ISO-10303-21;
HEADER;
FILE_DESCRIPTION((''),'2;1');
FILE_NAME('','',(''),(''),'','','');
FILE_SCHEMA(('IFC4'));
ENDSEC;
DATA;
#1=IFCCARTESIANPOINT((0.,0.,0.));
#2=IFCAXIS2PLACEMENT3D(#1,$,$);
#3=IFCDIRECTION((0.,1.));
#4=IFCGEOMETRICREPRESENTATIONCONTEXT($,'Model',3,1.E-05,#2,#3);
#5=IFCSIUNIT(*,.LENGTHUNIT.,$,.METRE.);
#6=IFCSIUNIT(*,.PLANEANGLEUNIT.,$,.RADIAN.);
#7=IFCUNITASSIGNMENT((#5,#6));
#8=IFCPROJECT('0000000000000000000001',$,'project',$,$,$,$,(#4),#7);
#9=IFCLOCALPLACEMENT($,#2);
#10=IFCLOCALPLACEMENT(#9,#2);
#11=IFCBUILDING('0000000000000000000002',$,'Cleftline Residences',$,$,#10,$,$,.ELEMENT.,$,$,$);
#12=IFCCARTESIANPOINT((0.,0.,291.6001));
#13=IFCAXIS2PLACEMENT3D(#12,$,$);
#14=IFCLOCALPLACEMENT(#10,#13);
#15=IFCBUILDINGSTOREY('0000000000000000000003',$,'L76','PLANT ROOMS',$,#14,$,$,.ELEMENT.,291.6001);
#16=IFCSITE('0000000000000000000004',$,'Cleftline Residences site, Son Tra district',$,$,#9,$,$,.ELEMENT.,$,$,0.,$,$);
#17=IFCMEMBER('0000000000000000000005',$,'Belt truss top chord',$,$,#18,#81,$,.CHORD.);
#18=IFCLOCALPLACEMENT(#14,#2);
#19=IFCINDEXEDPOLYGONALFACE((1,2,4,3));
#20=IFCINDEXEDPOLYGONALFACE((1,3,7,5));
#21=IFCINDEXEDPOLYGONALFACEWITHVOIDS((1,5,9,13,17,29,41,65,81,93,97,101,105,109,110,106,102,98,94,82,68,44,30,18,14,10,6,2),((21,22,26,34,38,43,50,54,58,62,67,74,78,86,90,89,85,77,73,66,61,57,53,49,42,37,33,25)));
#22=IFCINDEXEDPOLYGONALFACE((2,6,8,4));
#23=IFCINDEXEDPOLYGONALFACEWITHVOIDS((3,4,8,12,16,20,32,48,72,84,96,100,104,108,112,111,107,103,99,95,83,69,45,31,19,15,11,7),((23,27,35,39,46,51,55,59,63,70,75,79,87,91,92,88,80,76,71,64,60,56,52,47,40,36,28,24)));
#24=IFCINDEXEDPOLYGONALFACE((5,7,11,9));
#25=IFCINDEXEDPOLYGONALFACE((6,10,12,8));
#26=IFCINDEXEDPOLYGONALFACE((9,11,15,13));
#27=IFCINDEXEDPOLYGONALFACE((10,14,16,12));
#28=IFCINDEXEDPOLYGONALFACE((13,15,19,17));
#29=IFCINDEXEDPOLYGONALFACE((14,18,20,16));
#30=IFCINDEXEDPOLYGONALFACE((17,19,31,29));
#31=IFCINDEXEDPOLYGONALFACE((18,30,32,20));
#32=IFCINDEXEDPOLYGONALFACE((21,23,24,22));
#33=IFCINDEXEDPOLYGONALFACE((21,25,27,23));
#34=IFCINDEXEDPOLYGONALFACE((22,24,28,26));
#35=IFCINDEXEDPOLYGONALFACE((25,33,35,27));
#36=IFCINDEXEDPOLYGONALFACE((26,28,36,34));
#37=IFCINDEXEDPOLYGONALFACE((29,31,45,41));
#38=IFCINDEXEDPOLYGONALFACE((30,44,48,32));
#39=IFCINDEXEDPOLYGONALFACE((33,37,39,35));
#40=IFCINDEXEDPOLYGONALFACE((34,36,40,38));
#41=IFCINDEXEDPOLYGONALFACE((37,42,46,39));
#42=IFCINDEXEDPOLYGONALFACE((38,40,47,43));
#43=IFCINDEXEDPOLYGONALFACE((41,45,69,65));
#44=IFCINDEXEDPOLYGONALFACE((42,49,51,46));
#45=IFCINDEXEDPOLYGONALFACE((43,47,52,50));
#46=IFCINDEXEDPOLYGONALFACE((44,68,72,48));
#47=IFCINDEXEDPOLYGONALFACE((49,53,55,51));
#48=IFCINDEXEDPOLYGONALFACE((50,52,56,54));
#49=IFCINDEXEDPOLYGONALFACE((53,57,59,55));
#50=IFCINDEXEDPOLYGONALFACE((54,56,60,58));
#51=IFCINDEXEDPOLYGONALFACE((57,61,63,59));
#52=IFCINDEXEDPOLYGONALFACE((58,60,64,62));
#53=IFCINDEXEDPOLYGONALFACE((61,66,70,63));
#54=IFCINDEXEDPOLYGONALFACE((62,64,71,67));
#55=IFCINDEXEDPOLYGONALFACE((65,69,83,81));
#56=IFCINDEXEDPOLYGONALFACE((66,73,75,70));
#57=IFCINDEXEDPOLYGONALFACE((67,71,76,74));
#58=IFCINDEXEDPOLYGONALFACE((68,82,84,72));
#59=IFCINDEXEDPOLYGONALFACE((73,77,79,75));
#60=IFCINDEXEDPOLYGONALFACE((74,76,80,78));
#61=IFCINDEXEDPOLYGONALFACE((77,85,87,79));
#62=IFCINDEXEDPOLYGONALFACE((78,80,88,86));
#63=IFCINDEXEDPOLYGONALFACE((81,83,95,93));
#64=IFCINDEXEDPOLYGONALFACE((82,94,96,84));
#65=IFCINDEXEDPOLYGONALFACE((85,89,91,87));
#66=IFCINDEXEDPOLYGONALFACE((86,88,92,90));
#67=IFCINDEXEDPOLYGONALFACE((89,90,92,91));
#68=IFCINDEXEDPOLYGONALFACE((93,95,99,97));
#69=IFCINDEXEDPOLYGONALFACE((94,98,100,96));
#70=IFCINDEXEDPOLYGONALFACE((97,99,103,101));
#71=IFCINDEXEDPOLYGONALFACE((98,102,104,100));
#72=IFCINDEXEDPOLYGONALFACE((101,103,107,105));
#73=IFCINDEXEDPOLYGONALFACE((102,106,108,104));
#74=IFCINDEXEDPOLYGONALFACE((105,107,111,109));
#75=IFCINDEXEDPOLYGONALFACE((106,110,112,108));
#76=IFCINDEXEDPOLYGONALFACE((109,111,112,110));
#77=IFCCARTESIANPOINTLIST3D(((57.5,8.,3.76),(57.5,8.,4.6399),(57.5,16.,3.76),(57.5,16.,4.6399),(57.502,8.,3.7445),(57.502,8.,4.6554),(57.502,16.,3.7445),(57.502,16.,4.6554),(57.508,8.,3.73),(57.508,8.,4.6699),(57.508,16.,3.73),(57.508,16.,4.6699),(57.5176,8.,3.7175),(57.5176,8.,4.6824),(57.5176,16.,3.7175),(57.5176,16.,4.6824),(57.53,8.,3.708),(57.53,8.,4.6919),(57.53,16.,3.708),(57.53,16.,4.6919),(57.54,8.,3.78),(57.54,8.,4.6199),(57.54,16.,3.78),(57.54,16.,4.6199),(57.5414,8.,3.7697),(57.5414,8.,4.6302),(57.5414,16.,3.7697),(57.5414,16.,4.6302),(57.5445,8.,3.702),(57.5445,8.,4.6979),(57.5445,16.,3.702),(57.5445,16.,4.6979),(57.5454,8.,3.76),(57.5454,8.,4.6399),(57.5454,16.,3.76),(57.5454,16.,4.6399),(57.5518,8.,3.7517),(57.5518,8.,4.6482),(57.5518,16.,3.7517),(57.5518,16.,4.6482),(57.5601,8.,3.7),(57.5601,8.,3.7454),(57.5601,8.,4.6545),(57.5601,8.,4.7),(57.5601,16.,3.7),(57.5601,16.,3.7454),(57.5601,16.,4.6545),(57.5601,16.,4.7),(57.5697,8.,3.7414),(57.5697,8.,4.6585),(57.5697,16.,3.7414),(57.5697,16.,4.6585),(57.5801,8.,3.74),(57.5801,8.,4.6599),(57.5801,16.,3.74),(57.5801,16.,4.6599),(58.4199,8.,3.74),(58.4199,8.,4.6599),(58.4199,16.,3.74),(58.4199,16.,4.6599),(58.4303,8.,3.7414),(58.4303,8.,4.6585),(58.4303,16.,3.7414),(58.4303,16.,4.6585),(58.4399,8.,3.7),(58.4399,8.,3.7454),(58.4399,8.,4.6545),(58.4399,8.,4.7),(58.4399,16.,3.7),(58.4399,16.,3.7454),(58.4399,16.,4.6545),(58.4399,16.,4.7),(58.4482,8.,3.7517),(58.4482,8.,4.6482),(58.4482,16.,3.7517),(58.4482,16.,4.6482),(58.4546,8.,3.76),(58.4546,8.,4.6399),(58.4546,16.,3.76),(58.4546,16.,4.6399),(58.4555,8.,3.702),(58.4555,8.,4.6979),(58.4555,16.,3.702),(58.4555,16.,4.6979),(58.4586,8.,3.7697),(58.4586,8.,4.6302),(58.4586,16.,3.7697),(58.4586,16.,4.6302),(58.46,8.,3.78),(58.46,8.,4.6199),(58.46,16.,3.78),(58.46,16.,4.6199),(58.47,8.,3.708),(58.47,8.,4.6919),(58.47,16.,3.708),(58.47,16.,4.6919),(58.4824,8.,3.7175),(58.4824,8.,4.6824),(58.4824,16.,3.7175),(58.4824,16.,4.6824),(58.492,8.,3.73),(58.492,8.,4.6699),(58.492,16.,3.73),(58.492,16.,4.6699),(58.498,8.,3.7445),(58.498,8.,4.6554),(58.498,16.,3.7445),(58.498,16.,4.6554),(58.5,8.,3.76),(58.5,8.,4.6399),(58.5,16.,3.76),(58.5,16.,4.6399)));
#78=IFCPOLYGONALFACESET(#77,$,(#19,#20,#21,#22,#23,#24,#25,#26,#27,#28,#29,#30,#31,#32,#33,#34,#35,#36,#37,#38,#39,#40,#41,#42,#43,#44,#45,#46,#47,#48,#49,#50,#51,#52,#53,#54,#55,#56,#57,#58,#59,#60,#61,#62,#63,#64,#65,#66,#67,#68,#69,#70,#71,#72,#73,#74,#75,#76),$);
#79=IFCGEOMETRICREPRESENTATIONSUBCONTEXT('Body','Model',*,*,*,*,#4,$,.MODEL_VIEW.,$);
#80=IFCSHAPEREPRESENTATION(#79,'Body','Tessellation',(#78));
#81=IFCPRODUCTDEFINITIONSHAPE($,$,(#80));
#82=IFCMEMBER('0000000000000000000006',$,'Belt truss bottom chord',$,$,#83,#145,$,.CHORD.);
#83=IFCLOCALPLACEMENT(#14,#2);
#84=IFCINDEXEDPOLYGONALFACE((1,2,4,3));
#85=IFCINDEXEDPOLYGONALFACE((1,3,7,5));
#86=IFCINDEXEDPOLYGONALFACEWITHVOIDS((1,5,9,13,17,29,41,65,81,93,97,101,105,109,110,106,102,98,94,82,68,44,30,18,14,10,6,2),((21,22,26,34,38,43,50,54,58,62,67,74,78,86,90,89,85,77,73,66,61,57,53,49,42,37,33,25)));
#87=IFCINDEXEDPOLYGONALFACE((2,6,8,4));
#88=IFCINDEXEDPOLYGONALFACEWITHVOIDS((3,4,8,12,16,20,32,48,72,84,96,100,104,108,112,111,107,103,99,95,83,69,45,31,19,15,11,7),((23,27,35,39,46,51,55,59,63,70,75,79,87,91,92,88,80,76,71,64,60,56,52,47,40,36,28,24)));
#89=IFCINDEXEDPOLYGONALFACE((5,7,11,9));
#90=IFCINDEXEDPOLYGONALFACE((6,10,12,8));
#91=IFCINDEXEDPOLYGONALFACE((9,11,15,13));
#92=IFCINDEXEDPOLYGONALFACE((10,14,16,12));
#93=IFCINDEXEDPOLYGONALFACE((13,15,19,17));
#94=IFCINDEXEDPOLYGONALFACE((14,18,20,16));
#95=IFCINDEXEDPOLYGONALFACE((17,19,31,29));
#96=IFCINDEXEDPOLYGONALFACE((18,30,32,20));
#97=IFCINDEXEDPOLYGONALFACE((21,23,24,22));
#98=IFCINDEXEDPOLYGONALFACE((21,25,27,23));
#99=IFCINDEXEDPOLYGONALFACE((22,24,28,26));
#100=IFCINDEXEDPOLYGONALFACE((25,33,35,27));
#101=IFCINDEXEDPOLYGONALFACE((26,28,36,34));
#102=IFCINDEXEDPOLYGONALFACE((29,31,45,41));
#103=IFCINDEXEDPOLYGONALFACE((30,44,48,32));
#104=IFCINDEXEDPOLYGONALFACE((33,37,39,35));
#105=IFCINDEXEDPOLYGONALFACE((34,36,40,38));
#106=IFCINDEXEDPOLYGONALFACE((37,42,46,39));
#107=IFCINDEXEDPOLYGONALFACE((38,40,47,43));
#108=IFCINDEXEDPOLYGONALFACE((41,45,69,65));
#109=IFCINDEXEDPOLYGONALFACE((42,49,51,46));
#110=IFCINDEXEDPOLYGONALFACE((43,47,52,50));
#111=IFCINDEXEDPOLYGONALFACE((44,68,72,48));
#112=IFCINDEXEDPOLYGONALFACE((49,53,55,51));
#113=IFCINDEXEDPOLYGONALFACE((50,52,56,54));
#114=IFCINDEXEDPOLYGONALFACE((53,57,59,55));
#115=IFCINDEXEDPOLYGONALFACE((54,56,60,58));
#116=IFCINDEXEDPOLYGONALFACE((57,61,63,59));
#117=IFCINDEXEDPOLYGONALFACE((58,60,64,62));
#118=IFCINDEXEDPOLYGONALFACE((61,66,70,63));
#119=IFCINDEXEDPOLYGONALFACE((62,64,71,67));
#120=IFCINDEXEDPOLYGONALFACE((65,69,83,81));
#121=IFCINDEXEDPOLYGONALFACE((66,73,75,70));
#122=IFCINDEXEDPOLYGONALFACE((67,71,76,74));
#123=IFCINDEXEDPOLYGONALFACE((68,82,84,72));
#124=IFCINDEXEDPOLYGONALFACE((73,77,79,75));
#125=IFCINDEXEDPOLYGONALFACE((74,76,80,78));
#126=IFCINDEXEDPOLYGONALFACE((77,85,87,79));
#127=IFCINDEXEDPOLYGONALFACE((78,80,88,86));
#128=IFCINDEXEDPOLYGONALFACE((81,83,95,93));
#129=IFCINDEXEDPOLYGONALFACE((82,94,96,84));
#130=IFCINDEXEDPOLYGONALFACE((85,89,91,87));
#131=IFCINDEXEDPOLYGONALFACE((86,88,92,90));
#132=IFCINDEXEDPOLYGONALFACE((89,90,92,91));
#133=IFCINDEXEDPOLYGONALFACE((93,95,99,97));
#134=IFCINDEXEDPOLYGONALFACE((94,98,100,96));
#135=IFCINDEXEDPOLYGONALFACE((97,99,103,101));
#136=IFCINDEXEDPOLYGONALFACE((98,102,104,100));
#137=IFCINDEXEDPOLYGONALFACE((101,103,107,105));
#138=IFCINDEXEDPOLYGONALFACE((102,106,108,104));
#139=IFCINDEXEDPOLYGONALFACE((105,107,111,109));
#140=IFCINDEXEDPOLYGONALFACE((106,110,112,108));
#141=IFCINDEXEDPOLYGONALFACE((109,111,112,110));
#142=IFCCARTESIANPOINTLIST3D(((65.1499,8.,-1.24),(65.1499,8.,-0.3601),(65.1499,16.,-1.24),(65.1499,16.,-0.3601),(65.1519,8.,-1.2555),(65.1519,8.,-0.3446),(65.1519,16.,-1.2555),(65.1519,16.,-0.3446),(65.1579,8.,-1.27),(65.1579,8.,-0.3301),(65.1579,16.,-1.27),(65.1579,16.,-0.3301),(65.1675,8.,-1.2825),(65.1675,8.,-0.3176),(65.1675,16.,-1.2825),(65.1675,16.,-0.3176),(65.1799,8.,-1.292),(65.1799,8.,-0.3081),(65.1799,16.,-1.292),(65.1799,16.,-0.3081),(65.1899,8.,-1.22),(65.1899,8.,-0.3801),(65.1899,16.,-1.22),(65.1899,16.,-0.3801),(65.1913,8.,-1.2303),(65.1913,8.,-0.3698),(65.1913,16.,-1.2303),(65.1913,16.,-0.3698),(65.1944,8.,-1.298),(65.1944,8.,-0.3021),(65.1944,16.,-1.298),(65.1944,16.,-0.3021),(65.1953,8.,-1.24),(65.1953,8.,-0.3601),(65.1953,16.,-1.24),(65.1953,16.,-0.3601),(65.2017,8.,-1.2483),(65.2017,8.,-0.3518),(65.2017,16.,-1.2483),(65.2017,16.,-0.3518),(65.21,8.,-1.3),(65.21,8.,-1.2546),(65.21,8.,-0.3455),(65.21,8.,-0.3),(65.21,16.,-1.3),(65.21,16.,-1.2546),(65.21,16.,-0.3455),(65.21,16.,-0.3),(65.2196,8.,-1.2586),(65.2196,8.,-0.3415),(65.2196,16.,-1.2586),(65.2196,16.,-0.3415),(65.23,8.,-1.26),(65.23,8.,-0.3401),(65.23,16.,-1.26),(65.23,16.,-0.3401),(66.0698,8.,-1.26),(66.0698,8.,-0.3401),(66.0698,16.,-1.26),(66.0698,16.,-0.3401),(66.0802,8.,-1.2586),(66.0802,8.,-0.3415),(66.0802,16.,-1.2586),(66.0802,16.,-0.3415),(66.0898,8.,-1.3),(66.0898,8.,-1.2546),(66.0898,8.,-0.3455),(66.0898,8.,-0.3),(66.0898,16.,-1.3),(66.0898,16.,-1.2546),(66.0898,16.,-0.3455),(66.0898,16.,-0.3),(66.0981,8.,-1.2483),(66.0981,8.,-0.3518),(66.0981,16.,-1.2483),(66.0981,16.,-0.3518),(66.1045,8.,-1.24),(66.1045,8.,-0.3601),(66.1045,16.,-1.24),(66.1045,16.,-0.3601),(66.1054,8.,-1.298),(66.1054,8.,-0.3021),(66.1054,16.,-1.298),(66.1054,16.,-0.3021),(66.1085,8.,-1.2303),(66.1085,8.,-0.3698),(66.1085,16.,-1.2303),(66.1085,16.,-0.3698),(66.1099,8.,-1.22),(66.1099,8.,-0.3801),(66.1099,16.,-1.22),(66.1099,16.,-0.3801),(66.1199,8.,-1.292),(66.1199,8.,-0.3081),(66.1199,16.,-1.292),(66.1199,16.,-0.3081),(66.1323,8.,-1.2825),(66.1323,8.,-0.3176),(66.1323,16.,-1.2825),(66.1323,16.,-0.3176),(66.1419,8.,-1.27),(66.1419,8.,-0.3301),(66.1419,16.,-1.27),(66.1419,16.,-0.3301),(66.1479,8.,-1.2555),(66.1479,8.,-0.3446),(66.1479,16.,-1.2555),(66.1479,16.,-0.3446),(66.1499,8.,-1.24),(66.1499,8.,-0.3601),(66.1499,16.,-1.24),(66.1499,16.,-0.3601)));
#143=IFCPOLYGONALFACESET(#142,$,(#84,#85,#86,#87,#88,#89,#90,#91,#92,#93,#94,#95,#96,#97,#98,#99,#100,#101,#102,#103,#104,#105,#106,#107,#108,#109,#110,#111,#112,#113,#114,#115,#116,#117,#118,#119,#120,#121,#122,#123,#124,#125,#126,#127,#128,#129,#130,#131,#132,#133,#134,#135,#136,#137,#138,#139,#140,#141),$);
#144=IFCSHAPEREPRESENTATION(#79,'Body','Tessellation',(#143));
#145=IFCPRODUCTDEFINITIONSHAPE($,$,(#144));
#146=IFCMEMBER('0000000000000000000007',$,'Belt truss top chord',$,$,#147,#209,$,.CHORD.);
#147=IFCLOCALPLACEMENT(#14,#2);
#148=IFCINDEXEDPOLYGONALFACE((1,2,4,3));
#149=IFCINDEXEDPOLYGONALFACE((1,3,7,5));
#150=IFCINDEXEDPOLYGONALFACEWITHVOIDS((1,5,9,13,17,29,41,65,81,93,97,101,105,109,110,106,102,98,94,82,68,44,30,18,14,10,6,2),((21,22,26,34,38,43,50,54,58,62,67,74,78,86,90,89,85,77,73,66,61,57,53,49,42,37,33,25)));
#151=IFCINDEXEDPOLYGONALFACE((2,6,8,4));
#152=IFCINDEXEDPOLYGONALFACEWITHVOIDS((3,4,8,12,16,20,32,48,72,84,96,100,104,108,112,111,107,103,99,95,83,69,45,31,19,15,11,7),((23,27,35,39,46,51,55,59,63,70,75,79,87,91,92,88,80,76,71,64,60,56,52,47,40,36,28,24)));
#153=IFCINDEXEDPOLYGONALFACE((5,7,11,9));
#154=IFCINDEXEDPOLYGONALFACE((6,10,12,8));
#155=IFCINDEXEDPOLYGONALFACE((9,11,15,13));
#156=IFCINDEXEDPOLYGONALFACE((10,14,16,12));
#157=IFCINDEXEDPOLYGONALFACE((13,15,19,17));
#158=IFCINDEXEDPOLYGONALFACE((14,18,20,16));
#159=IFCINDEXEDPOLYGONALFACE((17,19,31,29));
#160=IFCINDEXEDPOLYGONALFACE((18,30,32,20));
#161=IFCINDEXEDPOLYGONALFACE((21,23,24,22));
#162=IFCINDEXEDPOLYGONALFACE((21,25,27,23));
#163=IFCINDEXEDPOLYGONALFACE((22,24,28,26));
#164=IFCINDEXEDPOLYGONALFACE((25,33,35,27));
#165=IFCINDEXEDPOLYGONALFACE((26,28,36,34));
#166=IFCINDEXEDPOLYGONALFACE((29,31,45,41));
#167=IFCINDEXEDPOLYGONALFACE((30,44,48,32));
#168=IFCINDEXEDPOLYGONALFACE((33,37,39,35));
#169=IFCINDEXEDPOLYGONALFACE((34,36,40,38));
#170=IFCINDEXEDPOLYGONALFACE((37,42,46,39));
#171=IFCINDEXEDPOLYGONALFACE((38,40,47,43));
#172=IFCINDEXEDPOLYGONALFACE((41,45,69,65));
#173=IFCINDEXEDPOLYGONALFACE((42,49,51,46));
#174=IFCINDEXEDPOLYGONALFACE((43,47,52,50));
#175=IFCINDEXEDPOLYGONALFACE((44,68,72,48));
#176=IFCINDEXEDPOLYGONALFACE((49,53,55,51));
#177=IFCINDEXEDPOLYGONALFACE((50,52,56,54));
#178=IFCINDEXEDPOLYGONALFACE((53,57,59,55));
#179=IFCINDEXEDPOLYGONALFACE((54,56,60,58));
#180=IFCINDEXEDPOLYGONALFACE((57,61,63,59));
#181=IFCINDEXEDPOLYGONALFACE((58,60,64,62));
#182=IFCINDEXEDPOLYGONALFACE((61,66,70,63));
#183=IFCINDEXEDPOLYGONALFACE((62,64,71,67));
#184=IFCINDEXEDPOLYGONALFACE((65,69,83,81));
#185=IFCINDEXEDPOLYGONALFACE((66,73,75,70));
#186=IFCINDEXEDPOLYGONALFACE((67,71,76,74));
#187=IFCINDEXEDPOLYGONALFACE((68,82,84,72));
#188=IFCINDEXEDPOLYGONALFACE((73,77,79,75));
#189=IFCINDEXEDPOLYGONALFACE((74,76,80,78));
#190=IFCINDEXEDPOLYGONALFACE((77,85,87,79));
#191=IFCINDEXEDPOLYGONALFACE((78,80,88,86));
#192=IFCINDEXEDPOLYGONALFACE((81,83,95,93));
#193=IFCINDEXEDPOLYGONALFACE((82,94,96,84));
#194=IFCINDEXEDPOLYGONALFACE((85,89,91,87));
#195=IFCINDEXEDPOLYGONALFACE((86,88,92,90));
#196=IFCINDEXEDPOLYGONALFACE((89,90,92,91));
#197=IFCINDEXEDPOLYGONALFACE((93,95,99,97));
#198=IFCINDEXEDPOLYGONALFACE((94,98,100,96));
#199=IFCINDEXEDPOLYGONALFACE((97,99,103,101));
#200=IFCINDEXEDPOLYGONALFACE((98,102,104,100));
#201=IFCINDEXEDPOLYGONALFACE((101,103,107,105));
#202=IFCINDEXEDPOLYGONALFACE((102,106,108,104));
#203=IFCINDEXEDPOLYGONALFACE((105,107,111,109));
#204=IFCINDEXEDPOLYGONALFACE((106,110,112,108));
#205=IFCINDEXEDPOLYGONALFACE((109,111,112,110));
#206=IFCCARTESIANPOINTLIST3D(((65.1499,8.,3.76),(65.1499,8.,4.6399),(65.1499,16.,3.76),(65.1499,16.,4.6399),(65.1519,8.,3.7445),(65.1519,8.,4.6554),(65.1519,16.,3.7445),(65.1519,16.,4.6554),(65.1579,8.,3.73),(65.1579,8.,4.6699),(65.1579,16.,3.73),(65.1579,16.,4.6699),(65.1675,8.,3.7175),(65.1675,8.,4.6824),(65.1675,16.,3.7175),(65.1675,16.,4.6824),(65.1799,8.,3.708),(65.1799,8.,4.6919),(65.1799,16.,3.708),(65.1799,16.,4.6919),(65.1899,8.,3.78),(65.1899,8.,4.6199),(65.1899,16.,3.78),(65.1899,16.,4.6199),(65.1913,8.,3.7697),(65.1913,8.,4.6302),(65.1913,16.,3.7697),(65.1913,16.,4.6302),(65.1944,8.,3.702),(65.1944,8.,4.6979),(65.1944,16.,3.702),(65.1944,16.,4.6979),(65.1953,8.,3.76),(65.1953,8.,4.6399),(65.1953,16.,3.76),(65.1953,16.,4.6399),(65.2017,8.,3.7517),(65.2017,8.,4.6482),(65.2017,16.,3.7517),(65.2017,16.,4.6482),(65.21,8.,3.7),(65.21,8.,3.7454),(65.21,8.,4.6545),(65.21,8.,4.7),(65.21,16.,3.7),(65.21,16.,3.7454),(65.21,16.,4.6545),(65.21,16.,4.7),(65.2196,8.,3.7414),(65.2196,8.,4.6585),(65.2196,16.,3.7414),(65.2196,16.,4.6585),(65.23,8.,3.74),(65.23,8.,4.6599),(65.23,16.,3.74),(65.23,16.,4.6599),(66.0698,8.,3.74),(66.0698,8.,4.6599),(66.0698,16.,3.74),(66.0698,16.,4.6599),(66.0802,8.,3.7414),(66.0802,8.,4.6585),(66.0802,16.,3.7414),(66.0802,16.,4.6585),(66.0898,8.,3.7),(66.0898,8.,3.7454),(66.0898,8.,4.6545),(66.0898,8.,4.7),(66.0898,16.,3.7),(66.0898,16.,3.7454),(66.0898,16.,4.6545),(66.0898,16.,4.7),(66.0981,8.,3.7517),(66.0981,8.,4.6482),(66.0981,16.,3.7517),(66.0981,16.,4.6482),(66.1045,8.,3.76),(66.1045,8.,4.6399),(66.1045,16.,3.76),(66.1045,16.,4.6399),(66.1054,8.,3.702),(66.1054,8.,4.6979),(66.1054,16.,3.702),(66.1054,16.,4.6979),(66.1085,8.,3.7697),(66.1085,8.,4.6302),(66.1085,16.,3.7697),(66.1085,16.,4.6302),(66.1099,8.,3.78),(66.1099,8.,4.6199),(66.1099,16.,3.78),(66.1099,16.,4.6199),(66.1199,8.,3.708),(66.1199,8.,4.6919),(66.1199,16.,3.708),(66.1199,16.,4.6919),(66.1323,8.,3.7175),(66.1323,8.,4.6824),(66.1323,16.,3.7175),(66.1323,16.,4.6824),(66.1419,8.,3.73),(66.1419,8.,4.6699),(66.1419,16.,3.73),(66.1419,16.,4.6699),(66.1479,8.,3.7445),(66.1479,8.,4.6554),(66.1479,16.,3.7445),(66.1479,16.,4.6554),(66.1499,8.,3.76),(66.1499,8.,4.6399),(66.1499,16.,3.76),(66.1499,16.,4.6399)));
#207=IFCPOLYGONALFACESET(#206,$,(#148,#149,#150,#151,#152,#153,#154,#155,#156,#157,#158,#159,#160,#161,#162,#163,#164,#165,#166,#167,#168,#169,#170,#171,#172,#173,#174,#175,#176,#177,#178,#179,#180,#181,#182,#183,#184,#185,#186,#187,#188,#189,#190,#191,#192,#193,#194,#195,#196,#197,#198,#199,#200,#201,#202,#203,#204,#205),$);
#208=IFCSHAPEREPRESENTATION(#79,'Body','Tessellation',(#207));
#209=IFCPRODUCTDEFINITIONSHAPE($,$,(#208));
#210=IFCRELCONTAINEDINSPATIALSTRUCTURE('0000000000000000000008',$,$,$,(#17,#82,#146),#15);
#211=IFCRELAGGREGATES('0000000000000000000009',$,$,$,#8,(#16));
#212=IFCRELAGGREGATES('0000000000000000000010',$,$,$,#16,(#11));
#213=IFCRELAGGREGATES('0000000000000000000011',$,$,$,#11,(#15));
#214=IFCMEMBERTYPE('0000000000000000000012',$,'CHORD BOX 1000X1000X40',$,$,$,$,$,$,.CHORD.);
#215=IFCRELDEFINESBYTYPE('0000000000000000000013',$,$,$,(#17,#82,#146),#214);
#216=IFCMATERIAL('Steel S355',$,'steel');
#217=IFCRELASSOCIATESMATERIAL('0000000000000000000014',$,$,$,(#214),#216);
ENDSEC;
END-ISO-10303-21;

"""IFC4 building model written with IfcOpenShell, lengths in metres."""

from ifc_helpers import new_model, si_unit, direction, frame, origin, origin_2d, place, context, subcontext, project, spatial, hollow_rectangle, extrude, material, material_profile, profile_set, type_object, element, save


model = new_model("IFC4")

# Units and contexts
model_context = context("Model", 3, precision=1e-05, world=origin(), true_north=direction((0.0, 1.0)))
body_context = subcontext(model_context, "Body", "Model", "MODEL_VIEW")
ifc_project = project(units=[si_unit("LENGTHUNIT", "METRE"), si_unit("PLANEANGLEUNIT", "RADIAN")], contexts=[model_context])

# Site, building, storey
site_placement = place(None, origin())
site = spatial("IfcSite", under=ifc_project, at=site_placement, Name="Cleftline Residences site, Son Tra district", CompositionType="ELEMENT", RefElevation=0.0)
building_placement = place(site_placement, origin())
building = spatial("IfcBuilding", under=site, at=building_placement, Name="Cleftline Residences", CompositionType="ELEMENT")
storey_placement = place(building_placement, frame((0.0, 0.0, 291.6001)))
storey = spatial("IfcBuildingStorey", under=building, at=storey_placement, Name="L76", Description="PLANT ROOMS", CompositionType="ELEMENT", Elevation=291.6001)

# Members
ifc_material_1 = material(Name="Steel S355", Category="steel")
ifc_material_profile_1 = material_profile(ifc_material_1, hollow_rectangle(XDim=1.0, YDim=1.0, WallThickness=0.04, InnerFilletRadius=0.04, OuterFilletRadius=0.0601, at=origin_2d()))
ifc_profile_set_1 = profile_set([ifc_material_profile_1], Name="Steel S355")
member_type_1 = type_object("IfcMemberType", Name="CHORD BOX 1000X1000X40", PredefinedType="CHORD", material=ifc_profile_set_1)
for number, where, z_axis, x_axis, name in (
    (1, (58.0, 8.0, 4.2), (0.0, 1.0, 0.0), (-1.0, 0.0, 0.0), "Belt truss top chord"),
    (2, (65.6499, 8.0, -0.8), (0.0, 1.0, 0.0), (-1.0, 0.0, 0.0), "Belt truss bottom chord"),
    (3, (65.6499, 8.0, 4.2), (0.0, 1.0, 0.0), (-1.0, 0.0, 0.0), "Belt truss top chord"),
):
    element("IfcMember", number, at=place(storey_placement, frame(where, z_axis=z_axis, x_axis=x_axis)), inside=storey, type_object=member_type_1, Name=name, PredefinedType="CHORD", context=body_context, shape_type="SweptSolid", body=[
        extrude(hollow_rectangle(XDim=1.0, YDim=1.0, WallThickness=0.04, InnerFilletRadius=0.04, OuterFilletRadius=0.0601, at=origin_2d()), origin(), (0.0, 0.0, 1.0), 8.0),
    ])

save(model, "model.ifc")
